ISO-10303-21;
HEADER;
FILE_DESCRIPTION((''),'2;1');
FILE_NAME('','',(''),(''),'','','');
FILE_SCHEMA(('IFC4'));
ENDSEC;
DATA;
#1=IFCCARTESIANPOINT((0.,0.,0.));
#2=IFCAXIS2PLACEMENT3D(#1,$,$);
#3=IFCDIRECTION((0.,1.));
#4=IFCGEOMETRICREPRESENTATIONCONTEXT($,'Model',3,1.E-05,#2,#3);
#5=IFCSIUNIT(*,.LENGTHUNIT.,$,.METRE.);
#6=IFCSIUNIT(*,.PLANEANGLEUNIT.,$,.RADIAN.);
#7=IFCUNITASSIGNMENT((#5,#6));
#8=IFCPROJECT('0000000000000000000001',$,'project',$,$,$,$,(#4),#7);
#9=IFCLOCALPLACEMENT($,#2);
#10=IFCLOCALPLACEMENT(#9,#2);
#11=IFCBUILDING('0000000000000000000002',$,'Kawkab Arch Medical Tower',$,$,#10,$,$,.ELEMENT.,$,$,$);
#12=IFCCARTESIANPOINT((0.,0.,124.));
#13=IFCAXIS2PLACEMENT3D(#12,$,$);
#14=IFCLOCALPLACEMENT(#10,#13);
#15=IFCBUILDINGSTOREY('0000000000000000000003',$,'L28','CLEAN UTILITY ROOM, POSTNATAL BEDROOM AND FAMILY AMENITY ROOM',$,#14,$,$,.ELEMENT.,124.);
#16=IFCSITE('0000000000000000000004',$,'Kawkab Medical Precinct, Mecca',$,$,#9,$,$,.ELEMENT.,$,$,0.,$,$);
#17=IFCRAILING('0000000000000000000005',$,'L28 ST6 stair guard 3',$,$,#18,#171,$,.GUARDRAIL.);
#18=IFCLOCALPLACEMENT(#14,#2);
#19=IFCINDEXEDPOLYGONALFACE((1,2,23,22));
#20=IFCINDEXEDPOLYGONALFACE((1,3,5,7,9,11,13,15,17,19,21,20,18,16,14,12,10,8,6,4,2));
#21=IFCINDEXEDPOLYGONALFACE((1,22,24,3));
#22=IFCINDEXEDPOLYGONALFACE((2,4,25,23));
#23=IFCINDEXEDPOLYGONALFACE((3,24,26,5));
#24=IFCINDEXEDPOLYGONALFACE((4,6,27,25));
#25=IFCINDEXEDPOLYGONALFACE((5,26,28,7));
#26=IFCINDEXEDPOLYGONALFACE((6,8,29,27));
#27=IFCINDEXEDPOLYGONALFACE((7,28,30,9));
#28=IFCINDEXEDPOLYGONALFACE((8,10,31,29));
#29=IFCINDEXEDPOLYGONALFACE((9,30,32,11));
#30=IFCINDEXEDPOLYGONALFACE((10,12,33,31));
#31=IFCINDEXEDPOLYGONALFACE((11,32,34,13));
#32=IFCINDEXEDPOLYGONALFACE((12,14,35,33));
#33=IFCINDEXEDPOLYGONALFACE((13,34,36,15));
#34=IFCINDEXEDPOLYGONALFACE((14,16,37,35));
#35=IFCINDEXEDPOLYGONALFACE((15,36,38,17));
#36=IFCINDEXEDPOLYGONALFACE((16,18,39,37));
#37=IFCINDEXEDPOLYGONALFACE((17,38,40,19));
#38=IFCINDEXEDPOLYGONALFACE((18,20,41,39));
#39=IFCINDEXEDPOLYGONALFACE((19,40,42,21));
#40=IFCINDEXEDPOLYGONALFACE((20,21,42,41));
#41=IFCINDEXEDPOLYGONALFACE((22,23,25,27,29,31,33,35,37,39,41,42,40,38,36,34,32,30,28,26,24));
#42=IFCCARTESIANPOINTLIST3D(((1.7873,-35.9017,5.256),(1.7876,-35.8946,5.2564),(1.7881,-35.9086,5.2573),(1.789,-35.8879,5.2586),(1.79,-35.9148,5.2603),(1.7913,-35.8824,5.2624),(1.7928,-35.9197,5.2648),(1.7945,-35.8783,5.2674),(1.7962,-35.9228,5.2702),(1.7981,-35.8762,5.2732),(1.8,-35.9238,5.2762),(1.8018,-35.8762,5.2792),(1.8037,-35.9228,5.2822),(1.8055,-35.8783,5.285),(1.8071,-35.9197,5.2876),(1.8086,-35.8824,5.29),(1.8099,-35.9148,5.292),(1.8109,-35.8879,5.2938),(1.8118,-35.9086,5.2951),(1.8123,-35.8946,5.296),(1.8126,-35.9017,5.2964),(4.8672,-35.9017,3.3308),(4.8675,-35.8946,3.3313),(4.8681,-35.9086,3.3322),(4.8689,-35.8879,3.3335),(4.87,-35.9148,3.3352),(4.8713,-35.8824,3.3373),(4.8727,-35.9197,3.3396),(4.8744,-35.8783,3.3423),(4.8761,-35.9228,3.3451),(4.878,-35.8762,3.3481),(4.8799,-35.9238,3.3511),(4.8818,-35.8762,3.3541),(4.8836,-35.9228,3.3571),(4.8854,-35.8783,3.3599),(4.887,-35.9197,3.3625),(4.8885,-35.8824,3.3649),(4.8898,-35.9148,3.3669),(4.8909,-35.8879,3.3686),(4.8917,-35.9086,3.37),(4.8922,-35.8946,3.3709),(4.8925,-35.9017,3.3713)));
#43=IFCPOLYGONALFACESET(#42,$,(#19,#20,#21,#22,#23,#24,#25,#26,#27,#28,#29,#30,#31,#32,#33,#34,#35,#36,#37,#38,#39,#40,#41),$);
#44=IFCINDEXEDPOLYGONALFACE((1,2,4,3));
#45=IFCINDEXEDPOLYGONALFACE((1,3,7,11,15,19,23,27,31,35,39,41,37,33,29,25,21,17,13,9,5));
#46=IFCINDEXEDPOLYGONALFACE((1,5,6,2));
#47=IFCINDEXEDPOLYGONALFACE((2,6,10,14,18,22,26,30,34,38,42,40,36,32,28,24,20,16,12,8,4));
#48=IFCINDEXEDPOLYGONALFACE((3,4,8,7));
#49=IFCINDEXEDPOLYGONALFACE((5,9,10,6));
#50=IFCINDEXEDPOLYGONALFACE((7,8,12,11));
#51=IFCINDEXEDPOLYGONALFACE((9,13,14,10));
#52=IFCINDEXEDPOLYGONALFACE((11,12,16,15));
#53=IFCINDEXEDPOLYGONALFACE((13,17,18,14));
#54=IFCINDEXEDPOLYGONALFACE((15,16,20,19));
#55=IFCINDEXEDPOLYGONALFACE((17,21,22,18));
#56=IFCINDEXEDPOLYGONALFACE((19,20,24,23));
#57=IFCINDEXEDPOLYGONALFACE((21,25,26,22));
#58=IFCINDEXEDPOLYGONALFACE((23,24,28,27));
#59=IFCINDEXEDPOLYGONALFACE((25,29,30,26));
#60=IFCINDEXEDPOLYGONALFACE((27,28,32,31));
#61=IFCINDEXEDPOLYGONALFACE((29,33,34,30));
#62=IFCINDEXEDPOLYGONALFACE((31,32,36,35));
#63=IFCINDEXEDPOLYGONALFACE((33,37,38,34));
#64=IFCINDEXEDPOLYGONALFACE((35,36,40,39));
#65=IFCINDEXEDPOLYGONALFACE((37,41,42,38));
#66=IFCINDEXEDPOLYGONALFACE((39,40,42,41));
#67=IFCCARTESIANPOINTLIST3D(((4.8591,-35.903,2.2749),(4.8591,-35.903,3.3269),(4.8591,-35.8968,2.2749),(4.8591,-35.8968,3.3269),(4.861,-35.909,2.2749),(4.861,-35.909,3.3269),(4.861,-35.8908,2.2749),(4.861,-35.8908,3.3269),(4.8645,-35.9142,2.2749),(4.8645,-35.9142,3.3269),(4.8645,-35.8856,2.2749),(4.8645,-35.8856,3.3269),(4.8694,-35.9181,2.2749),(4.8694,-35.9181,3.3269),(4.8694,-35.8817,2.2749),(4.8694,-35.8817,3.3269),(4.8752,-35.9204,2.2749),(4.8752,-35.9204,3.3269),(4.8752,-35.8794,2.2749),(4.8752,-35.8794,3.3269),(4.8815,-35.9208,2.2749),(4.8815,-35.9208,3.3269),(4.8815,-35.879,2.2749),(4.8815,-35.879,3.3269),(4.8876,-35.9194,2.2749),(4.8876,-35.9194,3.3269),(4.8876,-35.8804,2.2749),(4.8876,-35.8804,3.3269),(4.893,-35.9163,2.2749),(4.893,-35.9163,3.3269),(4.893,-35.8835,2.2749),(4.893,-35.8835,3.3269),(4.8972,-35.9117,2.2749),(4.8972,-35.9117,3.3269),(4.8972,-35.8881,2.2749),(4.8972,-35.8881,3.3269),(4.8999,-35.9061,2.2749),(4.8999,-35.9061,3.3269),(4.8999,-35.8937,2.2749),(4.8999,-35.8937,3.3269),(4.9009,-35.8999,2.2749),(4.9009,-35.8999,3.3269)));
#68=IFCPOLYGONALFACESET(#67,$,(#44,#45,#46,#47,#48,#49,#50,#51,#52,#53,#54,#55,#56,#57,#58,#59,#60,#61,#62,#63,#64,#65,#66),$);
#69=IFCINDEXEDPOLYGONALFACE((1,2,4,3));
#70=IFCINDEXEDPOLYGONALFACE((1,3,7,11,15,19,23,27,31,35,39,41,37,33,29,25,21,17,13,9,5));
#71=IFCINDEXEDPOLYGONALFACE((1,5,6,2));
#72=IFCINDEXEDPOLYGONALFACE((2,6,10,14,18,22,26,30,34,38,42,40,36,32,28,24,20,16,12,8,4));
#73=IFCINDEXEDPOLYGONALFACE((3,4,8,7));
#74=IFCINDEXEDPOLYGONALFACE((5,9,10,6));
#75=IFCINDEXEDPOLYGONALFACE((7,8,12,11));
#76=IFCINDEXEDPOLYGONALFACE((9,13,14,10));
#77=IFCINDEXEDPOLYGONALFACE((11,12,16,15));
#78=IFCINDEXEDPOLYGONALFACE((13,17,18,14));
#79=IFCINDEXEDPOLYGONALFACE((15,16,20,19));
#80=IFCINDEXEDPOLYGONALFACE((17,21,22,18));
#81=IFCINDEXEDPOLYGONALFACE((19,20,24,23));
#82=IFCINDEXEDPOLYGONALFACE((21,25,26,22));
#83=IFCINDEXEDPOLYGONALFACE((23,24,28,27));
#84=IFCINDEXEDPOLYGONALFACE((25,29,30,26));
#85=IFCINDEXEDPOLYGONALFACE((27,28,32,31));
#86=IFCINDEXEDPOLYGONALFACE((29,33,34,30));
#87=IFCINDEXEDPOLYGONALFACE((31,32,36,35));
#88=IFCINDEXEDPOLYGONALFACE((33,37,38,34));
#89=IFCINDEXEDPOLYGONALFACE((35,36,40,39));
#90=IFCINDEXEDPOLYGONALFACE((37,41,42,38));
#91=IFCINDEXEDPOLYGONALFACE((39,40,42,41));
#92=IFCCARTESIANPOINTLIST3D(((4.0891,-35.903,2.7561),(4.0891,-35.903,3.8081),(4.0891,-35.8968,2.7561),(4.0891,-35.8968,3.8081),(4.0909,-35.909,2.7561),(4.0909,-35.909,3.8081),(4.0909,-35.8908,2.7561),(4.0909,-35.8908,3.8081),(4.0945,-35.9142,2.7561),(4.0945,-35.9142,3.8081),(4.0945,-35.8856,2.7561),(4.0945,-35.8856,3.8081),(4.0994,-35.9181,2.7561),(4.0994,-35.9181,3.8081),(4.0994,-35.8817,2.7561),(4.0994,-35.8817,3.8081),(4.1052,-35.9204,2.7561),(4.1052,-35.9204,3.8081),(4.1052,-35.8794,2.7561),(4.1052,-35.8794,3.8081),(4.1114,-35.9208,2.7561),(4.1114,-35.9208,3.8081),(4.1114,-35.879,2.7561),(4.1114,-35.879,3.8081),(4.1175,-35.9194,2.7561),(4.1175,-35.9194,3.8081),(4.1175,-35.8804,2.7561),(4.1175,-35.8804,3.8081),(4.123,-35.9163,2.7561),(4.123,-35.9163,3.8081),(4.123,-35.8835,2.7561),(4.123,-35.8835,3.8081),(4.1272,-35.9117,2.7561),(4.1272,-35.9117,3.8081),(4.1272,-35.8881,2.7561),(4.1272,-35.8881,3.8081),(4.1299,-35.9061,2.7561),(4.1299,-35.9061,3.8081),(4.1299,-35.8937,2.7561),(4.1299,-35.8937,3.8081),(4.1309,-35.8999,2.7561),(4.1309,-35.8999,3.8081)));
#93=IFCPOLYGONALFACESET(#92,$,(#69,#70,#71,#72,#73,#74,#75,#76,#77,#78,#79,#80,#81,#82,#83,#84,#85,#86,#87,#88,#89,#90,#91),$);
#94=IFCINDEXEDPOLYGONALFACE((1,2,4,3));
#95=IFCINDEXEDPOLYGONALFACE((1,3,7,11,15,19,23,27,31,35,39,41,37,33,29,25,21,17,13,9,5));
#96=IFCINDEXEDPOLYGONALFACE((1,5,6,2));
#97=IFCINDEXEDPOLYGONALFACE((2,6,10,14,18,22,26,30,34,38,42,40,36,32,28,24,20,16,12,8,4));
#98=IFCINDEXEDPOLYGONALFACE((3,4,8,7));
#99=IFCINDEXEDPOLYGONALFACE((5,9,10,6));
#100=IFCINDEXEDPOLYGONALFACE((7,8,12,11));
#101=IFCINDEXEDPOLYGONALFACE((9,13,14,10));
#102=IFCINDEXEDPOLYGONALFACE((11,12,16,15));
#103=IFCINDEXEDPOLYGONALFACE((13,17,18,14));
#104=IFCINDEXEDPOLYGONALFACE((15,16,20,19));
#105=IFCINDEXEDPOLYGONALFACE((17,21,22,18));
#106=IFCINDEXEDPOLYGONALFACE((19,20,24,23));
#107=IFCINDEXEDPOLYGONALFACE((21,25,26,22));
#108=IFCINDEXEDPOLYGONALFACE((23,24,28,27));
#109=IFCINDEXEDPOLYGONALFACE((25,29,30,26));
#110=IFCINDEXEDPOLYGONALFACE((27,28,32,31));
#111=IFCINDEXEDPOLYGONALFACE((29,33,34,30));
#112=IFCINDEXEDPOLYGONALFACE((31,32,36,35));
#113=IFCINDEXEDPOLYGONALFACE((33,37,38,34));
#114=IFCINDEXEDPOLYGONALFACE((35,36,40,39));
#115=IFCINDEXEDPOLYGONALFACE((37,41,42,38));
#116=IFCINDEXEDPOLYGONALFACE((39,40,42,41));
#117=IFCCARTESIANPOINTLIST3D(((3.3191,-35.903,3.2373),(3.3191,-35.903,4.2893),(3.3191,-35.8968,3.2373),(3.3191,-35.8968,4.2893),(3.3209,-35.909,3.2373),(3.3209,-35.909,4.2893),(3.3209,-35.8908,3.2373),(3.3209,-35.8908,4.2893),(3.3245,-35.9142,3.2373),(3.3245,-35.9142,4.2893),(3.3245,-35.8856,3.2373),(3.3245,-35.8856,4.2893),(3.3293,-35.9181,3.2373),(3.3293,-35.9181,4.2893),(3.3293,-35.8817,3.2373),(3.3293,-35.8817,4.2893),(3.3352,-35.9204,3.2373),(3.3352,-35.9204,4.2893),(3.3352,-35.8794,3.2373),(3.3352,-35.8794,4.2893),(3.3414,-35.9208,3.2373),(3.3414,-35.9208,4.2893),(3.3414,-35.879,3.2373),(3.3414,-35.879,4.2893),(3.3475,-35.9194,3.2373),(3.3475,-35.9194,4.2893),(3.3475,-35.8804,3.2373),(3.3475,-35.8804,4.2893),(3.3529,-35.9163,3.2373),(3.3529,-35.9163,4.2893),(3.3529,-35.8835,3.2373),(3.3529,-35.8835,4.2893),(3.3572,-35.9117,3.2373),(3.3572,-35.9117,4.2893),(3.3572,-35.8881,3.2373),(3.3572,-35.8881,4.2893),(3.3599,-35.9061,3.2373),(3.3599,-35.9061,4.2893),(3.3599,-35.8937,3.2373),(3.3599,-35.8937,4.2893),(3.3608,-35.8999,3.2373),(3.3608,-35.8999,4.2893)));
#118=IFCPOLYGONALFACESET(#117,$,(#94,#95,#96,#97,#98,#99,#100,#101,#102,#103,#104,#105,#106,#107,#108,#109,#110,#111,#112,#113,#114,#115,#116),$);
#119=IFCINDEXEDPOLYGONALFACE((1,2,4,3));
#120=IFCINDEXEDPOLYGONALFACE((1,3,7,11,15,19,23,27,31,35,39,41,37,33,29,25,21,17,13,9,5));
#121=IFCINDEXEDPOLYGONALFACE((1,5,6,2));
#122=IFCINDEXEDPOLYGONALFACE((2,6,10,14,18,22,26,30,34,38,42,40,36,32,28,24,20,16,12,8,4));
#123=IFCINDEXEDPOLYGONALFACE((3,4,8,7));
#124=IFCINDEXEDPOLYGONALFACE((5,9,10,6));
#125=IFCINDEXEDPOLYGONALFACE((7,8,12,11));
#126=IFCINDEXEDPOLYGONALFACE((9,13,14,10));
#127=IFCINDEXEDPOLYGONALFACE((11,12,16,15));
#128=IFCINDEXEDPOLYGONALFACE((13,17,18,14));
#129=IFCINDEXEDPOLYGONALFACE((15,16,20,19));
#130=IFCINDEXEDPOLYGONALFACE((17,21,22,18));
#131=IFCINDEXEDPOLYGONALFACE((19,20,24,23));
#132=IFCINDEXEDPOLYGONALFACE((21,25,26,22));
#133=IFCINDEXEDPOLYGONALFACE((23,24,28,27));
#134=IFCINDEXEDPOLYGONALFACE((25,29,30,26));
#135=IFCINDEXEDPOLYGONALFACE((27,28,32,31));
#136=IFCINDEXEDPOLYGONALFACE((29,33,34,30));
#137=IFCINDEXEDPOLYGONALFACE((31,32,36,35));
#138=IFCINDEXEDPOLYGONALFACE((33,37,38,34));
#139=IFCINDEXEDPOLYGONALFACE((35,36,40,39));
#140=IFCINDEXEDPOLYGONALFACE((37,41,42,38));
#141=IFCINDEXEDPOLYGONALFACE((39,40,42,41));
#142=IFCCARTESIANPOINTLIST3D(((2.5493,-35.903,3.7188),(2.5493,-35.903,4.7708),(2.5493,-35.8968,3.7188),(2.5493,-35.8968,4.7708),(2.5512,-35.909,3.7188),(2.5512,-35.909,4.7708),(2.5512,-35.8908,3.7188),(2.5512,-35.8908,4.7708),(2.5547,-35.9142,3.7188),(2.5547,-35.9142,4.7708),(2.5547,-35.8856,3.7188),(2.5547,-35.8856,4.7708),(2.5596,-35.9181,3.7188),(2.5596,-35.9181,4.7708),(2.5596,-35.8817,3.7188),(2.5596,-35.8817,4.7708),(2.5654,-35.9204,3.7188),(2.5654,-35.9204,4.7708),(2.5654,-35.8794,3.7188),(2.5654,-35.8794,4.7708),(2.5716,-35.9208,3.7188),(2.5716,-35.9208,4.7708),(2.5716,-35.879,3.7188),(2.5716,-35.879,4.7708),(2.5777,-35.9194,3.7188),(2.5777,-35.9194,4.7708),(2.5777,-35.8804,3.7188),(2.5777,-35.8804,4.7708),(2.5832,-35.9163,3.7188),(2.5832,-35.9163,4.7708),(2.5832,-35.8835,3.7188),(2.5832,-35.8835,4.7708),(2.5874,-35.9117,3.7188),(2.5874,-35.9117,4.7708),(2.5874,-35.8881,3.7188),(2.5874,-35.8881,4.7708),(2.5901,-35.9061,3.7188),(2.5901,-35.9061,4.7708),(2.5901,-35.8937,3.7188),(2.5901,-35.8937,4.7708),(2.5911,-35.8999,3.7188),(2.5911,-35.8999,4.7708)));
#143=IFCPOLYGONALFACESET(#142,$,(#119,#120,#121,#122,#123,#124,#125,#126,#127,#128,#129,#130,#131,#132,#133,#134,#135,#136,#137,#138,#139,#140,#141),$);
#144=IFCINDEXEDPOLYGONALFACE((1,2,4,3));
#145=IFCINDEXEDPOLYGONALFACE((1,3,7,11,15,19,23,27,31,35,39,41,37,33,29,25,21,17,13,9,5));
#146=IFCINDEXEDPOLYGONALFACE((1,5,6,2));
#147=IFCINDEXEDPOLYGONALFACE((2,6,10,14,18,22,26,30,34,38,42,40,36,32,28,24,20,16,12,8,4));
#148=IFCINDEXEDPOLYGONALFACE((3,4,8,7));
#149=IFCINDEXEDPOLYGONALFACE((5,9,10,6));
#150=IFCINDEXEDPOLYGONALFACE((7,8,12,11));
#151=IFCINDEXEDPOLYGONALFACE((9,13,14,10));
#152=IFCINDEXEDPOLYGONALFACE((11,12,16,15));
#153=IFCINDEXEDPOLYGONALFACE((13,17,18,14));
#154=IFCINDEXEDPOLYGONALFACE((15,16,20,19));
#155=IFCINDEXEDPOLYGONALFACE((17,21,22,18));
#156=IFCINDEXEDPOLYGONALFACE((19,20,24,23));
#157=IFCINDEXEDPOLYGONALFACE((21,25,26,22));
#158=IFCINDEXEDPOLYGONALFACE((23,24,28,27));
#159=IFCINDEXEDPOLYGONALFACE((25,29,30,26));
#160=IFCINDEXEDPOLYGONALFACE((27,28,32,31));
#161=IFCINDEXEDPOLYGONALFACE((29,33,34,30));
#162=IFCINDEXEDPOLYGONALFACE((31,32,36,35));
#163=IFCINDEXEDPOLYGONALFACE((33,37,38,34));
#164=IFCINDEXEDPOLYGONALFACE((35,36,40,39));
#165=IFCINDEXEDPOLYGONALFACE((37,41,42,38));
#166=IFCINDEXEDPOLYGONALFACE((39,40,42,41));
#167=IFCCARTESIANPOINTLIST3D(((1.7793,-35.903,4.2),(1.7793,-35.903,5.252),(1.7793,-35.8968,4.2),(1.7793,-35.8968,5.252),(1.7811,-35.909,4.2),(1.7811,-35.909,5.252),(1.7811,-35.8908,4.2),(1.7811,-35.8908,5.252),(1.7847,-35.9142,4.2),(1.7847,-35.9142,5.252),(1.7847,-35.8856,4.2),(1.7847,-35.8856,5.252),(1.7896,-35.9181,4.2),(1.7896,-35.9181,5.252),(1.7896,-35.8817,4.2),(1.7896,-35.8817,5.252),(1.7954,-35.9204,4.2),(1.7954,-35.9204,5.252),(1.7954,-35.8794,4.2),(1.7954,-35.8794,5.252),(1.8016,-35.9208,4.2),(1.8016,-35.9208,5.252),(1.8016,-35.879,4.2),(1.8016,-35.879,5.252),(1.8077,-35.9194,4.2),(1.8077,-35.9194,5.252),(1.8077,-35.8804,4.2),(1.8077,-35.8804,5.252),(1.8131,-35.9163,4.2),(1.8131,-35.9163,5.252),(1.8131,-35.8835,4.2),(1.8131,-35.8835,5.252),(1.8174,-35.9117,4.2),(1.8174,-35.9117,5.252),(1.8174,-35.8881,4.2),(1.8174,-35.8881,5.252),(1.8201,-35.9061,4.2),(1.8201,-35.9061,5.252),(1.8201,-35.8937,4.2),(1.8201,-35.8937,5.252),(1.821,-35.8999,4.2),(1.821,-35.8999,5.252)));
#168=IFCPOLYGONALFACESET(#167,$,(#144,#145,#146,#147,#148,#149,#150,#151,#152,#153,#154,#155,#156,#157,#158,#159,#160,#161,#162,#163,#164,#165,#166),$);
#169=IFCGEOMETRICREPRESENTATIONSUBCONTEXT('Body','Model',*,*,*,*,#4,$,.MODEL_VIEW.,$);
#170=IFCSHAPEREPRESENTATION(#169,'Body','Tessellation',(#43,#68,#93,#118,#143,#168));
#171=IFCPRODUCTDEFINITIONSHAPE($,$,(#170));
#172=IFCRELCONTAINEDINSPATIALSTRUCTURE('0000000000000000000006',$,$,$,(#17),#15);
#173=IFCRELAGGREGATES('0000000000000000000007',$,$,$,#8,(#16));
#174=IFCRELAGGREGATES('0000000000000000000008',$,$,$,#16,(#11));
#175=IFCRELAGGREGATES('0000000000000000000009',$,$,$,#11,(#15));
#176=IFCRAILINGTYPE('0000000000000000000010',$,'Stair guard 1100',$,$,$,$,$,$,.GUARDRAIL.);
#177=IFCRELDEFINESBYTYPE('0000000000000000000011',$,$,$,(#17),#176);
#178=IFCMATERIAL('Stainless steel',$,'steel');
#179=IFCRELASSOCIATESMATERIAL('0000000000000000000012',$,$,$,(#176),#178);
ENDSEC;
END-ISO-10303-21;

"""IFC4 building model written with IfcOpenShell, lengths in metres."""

from ifc_helpers import new_model, si_unit, direction, frame, origin, origin_2d, place, context, subcontext, project, spatial, circle, extrude, material, type_object, element, save


model = new_model("IFC4")

# Units and contexts
model_context = context("Model", 3, precision=1e-05, world=origin(), true_north=direction((0.0, 1.0)))
body_context = subcontext(model_context, "Body", "Model", "MODEL_VIEW")
ifc_project = project(units=[si_unit("LENGTHUNIT", "METRE"), si_unit("PLANEANGLEUNIT", "RADIAN")], contexts=[model_context])

# Site, building, storey
site_placement = place(None, origin())
site = spatial("IfcSite", under=ifc_project, at=site_placement, Name="Kawkab Medical Precinct, Mecca", CompositionType="ELEMENT", RefElevation=0.0)
building_placement = place(site_placement, origin())
building = spatial("IfcBuilding", under=site, at=building_placement, Name="Kawkab Arch Medical Tower", CompositionType="ELEMENT")
storey_placement = place(building_placement, frame((0.0, 0.0, 124.0)))
storey = spatial("IfcBuildingStorey", under=building, at=storey_placement, Name="L28", Description="CLEAN UTILITY ROOM, POSTNATAL BEDROOM AND FAMILY AMENITY ROOM", CompositionType="ELEMENT", Elevation=124.0)

# Railing
ifc_material_1 = material(Name="Stainless steel", Category="steel")
railing_type = type_object("IfcRailingType", Name="Stair guard 1100", PredefinedType="GUARDRAIL", material=ifc_material_1)
railing_1_placement = place(storey_placement, frame((4.8799, -35.8999, 2.2749)))
element("IfcRailing", 1, at=railing_1_placement, inside=storey, type_object=railing_type, Name="L28 ST6 stair guard 3", PredefinedType="GUARDRAIL", context=body_context, shape_type="SweptSolid", body=[
    extrude(circle(Radius=0.0239, at=origin_2d()), frame((0.0, 0.0, 1.0762), z_axis=(-0.847979, 0.0, 0.530029), x_axis=(0.0, -1.0, 0.0)), (0.0, 0.0, 1.0), 3.6321),
    extrude(circle(Radius=0.021, at=origin_2d()), origin(), (0.0, 0.0, 1.0), 1.052),
    extrude(circle(Radius=0.021, at=origin_2d()), frame((-0.77, 0.0, 0.4812)), (0.0, 0.0, 1.0), 1.052),
    extrude(circle(Radius=0.021, at=origin_2d()), frame((-1.54, 0.0, 0.9624)), (0.0, 0.0, 1.0), 1.052),
    extrude(circle(Radius=0.021, at=origin_2d()), frame((-2.3098, 0.0, 1.4438)), (0.0, 0.0, 1.0), 1.052),
    extrude(circle(Radius=0.021, at=origin_2d()), frame((-3.0798, 0.0, 1.925)), (0.0, 0.0, 1.0), 1.052),
])

save(model, "model.ifc")
